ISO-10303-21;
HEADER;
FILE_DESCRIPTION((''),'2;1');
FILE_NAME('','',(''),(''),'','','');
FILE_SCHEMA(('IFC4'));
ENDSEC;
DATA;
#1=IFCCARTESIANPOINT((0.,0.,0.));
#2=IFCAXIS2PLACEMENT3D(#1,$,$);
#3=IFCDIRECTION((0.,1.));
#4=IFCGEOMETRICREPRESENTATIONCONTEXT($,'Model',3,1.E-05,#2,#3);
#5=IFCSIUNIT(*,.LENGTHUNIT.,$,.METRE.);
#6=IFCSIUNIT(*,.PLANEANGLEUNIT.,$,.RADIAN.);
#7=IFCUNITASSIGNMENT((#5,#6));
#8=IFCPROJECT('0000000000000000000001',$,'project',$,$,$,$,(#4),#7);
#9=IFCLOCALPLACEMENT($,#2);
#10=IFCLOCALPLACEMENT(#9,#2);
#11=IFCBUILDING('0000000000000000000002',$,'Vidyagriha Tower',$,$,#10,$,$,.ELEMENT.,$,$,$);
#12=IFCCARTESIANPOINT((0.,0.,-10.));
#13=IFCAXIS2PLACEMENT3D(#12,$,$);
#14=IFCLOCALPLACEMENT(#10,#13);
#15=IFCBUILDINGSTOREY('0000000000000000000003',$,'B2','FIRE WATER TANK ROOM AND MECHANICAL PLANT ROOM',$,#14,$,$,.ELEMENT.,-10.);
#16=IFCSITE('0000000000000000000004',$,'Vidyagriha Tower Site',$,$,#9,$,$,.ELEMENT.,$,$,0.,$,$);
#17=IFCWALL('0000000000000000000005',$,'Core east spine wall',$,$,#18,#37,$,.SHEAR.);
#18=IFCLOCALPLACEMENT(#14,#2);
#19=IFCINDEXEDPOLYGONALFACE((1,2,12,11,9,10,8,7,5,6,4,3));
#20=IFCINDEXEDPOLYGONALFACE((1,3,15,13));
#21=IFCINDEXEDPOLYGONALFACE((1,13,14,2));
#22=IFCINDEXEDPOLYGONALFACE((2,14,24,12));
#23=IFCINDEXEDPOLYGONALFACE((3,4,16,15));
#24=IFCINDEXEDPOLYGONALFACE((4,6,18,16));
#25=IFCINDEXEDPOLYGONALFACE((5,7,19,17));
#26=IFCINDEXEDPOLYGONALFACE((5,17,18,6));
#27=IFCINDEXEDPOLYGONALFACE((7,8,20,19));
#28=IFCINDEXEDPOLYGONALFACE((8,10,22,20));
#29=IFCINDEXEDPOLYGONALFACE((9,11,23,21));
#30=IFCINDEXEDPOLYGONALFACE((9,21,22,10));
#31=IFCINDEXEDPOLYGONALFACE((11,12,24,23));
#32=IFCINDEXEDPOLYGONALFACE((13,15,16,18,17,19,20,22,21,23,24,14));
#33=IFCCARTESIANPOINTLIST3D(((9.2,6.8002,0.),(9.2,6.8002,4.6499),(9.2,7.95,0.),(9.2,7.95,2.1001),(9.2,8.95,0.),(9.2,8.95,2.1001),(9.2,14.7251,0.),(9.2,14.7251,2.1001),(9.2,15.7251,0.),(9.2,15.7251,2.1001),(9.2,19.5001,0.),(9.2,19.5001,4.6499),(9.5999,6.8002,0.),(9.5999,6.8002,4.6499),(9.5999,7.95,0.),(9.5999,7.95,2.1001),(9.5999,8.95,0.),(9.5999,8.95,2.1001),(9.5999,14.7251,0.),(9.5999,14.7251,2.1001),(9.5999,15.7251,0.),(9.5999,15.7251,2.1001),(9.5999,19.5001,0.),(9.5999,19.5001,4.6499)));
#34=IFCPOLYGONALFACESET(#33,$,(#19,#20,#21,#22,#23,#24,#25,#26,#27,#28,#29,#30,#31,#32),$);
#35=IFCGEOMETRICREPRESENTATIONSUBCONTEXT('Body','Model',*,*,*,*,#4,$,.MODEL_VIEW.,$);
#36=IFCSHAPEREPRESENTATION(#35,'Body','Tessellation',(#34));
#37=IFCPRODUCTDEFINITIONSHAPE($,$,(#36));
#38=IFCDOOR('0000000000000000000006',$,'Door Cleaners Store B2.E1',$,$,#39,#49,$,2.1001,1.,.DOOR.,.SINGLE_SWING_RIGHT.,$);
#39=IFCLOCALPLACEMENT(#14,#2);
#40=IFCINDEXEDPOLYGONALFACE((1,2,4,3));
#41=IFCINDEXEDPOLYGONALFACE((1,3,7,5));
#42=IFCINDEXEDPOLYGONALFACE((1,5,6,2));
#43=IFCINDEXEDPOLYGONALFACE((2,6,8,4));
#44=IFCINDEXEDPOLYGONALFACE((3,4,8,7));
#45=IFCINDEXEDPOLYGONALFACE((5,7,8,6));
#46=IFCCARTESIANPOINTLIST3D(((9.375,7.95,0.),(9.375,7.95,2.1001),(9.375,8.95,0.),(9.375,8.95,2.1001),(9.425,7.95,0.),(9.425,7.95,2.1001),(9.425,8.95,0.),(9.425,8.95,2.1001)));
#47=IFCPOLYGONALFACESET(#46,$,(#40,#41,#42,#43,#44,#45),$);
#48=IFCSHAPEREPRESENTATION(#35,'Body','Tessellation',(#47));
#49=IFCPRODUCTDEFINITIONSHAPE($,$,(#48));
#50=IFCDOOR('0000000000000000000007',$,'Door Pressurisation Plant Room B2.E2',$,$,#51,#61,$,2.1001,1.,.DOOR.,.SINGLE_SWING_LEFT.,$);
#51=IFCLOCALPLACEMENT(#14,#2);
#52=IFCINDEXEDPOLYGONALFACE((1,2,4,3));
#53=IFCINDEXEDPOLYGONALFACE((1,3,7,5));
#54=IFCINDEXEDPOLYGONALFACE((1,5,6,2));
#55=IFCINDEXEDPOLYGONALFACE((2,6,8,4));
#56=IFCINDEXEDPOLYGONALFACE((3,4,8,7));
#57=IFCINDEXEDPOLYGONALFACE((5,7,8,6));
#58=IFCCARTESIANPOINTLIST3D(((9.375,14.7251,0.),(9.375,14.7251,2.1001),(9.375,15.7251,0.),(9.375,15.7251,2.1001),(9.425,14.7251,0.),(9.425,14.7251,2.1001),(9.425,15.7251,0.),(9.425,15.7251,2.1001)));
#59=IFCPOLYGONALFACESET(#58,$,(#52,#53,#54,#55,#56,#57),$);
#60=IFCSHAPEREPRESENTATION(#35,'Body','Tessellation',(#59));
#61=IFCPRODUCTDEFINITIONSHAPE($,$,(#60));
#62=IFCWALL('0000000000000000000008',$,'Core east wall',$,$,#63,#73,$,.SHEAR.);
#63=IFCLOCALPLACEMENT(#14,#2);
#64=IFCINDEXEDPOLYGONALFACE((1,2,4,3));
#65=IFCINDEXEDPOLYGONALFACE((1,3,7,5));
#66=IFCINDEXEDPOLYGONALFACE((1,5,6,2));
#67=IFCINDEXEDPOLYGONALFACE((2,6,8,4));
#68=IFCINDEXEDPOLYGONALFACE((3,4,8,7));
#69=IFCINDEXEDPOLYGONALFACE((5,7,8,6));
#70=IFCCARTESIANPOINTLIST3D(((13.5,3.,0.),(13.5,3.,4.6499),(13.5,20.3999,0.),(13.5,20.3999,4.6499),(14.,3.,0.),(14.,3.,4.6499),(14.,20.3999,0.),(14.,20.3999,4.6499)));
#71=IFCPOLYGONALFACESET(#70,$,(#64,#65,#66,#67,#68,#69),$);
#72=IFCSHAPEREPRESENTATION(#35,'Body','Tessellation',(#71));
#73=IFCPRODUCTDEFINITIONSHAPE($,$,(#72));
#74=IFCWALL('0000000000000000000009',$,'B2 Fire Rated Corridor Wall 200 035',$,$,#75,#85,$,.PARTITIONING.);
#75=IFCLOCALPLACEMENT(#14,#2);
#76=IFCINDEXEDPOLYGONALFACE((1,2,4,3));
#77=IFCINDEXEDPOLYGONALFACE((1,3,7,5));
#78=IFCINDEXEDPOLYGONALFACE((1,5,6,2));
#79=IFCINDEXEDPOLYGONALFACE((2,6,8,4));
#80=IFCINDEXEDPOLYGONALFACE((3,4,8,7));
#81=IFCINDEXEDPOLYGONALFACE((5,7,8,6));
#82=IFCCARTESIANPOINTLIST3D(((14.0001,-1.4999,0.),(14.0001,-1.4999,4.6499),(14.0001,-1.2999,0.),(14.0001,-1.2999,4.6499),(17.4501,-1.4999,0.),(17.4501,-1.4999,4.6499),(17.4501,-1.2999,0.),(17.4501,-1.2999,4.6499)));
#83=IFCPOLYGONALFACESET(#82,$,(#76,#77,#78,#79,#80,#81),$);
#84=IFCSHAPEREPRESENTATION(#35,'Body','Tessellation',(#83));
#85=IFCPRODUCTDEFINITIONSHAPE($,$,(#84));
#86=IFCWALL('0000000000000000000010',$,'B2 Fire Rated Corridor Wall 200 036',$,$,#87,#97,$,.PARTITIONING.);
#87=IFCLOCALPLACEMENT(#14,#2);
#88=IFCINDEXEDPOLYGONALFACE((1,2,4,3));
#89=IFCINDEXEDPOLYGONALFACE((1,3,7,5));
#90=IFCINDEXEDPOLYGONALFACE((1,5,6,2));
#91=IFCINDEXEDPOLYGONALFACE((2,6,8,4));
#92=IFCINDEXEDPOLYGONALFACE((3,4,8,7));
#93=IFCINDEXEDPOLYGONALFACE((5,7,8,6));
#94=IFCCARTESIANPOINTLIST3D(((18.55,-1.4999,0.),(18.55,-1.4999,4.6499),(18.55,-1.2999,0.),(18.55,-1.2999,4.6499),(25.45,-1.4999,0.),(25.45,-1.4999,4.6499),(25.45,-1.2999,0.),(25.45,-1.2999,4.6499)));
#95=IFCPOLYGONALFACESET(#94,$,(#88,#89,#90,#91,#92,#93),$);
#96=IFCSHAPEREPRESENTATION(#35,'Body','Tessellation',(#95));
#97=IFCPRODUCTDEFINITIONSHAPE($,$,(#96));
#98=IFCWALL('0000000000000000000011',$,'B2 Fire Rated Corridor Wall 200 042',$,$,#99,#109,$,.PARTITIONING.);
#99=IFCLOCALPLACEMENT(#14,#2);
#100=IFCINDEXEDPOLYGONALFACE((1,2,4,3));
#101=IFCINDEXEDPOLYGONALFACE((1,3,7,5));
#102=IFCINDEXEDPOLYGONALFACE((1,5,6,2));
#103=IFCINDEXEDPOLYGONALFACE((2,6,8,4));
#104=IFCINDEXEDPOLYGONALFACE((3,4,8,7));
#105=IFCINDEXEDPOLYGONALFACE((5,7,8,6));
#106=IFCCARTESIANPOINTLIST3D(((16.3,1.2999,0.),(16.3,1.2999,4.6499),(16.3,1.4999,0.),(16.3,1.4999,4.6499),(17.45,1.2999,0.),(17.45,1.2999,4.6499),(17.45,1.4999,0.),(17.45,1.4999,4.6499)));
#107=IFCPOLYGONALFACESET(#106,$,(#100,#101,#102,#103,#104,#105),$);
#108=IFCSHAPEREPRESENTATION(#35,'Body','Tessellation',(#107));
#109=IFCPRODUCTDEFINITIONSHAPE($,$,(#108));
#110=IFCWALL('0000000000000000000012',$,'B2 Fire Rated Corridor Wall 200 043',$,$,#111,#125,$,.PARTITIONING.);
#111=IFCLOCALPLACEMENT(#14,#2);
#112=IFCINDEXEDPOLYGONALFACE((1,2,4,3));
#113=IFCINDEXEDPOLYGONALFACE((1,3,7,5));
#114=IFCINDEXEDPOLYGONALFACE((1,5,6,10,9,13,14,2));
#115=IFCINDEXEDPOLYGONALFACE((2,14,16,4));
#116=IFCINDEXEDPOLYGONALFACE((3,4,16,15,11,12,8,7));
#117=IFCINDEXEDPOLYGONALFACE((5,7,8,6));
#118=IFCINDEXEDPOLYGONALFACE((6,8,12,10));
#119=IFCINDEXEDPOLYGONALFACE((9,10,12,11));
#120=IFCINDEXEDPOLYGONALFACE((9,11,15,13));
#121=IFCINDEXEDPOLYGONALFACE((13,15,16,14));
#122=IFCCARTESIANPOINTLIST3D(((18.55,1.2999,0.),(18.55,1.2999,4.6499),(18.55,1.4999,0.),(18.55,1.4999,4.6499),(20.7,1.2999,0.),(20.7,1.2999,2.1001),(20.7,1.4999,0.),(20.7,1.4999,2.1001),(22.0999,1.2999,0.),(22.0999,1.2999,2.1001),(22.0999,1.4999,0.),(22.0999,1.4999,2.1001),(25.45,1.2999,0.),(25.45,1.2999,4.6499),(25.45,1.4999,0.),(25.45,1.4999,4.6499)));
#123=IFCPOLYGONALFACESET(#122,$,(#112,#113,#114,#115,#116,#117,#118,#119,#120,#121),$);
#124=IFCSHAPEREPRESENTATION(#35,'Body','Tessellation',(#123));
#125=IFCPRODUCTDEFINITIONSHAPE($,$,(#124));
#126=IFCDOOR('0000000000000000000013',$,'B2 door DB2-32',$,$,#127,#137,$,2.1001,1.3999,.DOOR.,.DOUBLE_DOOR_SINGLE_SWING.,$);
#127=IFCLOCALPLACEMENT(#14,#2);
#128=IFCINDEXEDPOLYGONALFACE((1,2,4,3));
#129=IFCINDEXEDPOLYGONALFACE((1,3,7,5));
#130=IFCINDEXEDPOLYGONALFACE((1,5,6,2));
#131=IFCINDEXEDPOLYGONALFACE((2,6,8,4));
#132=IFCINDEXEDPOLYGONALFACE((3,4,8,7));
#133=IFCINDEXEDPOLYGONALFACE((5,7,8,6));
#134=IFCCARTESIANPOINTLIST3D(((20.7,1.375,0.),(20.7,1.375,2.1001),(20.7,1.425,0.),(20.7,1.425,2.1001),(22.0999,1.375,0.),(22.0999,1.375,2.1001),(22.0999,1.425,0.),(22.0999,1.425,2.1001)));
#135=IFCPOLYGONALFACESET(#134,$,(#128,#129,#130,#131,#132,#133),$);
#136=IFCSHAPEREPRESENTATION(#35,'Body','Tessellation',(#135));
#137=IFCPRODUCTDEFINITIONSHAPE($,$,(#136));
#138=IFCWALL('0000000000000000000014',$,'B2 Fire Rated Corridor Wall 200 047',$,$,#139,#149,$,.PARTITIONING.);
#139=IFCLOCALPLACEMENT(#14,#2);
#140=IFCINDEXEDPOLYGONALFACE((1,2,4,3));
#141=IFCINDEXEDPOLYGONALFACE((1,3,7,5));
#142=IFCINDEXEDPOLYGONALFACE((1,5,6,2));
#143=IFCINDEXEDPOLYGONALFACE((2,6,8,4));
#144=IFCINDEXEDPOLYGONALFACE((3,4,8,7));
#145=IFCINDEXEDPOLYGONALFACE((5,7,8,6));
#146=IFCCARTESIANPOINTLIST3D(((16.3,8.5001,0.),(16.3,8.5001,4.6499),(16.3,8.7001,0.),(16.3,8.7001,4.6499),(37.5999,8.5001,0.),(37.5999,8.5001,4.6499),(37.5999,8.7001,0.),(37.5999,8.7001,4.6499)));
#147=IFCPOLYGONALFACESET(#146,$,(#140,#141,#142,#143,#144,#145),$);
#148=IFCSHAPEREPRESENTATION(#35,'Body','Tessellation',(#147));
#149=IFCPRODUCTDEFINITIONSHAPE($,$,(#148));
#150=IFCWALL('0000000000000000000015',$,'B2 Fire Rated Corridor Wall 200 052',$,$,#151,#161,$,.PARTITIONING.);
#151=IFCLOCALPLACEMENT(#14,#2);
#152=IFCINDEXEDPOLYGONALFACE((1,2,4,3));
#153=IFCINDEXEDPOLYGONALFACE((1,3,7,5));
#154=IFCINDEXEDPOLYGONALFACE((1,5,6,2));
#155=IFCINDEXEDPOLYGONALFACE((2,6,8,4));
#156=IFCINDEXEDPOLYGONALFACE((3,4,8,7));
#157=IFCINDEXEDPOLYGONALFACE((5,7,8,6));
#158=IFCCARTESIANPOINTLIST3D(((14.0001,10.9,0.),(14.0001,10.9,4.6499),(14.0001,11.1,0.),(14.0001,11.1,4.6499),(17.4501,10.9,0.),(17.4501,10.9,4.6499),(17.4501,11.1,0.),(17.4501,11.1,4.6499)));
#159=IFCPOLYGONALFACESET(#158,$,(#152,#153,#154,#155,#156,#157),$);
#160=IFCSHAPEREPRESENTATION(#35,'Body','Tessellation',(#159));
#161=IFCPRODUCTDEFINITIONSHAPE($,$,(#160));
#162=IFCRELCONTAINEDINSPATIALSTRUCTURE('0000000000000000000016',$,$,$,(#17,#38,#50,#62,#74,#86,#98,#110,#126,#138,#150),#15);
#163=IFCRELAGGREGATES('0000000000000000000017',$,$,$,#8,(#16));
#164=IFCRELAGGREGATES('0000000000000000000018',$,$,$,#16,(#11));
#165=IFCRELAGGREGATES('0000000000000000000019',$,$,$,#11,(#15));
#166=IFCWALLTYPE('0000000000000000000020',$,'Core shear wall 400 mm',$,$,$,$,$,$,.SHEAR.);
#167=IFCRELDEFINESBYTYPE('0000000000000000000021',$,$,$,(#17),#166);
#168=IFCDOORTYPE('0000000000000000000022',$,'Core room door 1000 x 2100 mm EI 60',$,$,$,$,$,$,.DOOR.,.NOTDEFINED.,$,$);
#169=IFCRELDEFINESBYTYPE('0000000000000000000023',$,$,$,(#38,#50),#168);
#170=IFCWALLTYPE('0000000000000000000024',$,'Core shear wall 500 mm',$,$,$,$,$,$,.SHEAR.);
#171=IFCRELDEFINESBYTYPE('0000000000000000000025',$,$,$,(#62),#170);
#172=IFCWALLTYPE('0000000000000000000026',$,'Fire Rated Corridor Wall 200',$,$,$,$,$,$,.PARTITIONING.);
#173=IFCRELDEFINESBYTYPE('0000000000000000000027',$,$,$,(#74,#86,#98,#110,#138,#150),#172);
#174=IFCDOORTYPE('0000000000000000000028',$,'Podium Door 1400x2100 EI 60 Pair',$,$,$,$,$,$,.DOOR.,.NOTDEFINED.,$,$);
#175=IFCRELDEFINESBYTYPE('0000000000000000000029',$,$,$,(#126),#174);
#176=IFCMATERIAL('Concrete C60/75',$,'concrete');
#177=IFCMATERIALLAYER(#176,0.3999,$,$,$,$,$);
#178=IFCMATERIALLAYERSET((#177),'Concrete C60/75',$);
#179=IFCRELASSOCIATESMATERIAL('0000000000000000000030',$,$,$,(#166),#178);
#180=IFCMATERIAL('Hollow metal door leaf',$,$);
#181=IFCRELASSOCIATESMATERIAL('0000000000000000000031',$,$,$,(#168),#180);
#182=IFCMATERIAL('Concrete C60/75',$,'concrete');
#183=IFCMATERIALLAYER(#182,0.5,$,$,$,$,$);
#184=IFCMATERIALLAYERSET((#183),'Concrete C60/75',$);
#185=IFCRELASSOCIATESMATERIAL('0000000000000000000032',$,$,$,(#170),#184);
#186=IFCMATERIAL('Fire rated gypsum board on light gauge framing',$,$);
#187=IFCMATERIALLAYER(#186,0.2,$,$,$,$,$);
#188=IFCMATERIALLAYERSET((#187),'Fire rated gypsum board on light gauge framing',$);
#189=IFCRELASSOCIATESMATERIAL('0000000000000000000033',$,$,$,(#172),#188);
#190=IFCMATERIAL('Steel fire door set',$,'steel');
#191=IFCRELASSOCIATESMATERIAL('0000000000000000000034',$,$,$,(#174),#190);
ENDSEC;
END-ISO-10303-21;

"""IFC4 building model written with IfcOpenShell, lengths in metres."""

from ifc_helpers import new_model, si_unit, direction, frame, frame_2d, origin, place, context, subcontext, project, spatial, rectangle, extrude, material, layer, layer_set, type_object, element, fill, save


model = new_model("IFC4")

# Units and contexts
model_context = context("Model", 3, precision=1e-05, world=origin(), true_north=direction((0.0, 1.0)))
body_context = subcontext(model_context, "Body", "Model", "MODEL_VIEW")
ifc_project = project(units=[si_unit("LENGTHUNIT", "METRE"), si_unit("PLANEANGLEUNIT", "RADIAN")], contexts=[model_context])

# Site, building, storey
site_placement = place(None, origin())
site = spatial("IfcSite", under=ifc_project, at=site_placement, Name="Vidyagriha Tower Site", CompositionType="ELEMENT", RefElevation=0.0)
building_placement = place(site_placement, origin())
building = spatial("IfcBuilding", under=site, at=building_placement, Name="Vidyagriha Tower", CompositionType="ELEMENT")
storey_placement = place(building_placement, frame((0.0, 0.0, -10.0)))
storey = spatial("IfcBuildingStorey", under=building, at=storey_placement, Name="B2", Description="FIRE WATER TANK ROOM AND MECHANICAL PLANT ROOM", CompositionType="ELEMENT", Elevation=-10.0)

# Wall, openings, doors
ifc_material_1 = material(Name="Concrete C60/75", Category="concrete")
ifc_layer_1 = layer(ifc_material_1, 0.3999)
ifc_layer_set_1 = layer_set([ifc_layer_1], Name="Concrete C60/75")
wall_type_1 = type_object("IfcWallType", Name="Core shear wall 400 mm", PredefinedType="SHEAR", material=ifc_layer_set_1)
wall_1_placement = place(storey_placement, frame((9.3999, 6.8, 0.0), z_axis=(0.0, 0.0, 1.0), x_axis=(0.0, 1.0, 0.0)))
wall_1 = element("IfcWall", 1, at=wall_1_placement, inside=storey, type_object=wall_type_1, Name="Core east spine wall", PredefinedType="SHEAR", context=body_context, shape_type="SweptSolid", body=[
    extrude(rectangle(XDim=12.7, YDim=0.3999, at=frame_2d((6.3501, 0.0))), origin(), (0.0, 0.0, 1.0), 4.6499),
])
opening_1_placement = place(wall_1_placement, frame((1.1499, 0.0, 0.0)))
opening_1 = element("IfcOpeningElement", 2, at=opening_1_placement, cuts=wall_1, PredefinedType="OPENING", context=body_context, shape_type="SweptSolid", body=[
    extrude(rectangle(XDim=1.0, YDim=2.1001, at=frame_2d((0.5, 1.05))), frame((0.0, 0.21, 0.0), z_axis=(0.0, -1.0, 0.0), x_axis=(1.0, 0.0, 0.0)), (0.0, 0.0, 1.0), 0.4199),
])
opening_2_placement = place(wall_1_placement, frame((7.925, 0.0, 0.0)))
opening_2 = element("IfcOpeningElement", 3, at=opening_2_placement, cuts=wall_1, PredefinedType="OPENING", context=body_context, shape_type="SweptSolid", body=[
    extrude(rectangle(XDim=1.0, YDim=2.1001, at=frame_2d((0.5, 1.05))), frame((0.0, 0.21, 0.0), z_axis=(0.0, -1.0, 0.0), x_axis=(1.0, 0.0, 0.0)), (0.0, 0.0, 1.0), 0.4199),
])
ifc_material_2 = material(Name="Hollow metal door leaf")
door_type_1 = type_object("IfcDoorType", Name="Core room door 1000 x 2100 mm EI 60", OperationType="NOTDEFINED", PredefinedType="DOOR", material=ifc_material_2)
door_1_placement = place(opening_1_placement, origin())
door_1 = element("IfcDoor", 4, at=door_1_placement, inside=storey, type_object=door_type_1, Name="Door Cleaners Store B2.E1", OperationType="SINGLE_SWING_RIGHT", OverallHeight=2.1001, OverallWidth=1.0, PredefinedType="DOOR", context=body_context, shape_type="SweptSolid", body=[
    extrude(rectangle(XDim=1.0, YDim=2.1001, at=frame_2d((0.5, 1.05))), frame((0.0, 0.0249, 0.0), z_axis=(0.0, -1.0, 0.0), x_axis=(1.0, 0.0, 0.0)), (0.0, 0.0, 1.0), 0.05),
])
fill(opening_1, door_1)
door_2_placement = place(opening_2_placement, origin())
door_2 = element("IfcDoor", 5, at=door_2_placement, inside=storey, type_object=door_type_1, Name="Door Pressurisation Plant Room B2.E2", OperationType="SINGLE_SWING_LEFT", OverallHeight=2.1001, OverallWidth=1.0, PredefinedType="DOOR", context=body_context, shape_type="SweptSolid", body=[
    extrude(rectangle(XDim=1.0, YDim=2.1001, at=frame_2d((0.5, 1.05))), frame((0.0, 0.0249, 0.0), z_axis=(0.0, -1.0, 0.0), x_axis=(1.0, 0.0, 0.0)), (0.0, 0.0, 1.0), 0.05),
])
fill(opening_2, door_2)

# Walls
ifc_material_3 = material(Name="Concrete C60/75", Category="concrete")
ifc_layer_2 = layer(ifc_material_3, 0.5)
ifc_layer_set_2 = layer_set([ifc_layer_2], Name="Concrete C60/75")
wall_type_2 = type_object("IfcWallType", Name="Core shear wall 500 mm", PredefinedType="SHEAR", material=ifc_layer_set_2)
wall_2_placement = place(storey_placement, frame((13.75, 3.0, 0.0), z_axis=(0.0, 0.0, 1.0), x_axis=(0.0, 1.0, 0.0)))
element("IfcWall", 6, at=wall_2_placement, inside=storey, type_object=wall_type_2, Name="Core east wall", PredefinedType="SHEAR", context=body_context, shape_type="SweptSolid", body=[
    extrude(rectangle(XDim=17.3999, YDim=0.5, at=frame_2d((8.7, 0.0))), origin(), (0.0, 0.0, 1.0), 4.6499),
])
ifc_material_4 = material(Name="Fire rated gypsum board on light gauge framing")
ifc_layer_3 = layer(ifc_material_4, 0.2)
ifc_layer_set_3 = layer_set([ifc_layer_3], Name="Fire rated gypsum board on light gauge framing")
wall_type_3 = type_object("IfcWallType", Name="Fire Rated Corridor Wall 200", PredefinedType="PARTITIONING", material=ifc_layer_set_3)
wall_3_placement = place(storey_placement, frame((14.0, -1.3999, 0.0)))
element("IfcWall", 7, at=wall_3_placement, inside=storey, type_object=wall_type_3, Name="B2 Fire Rated Corridor Wall 200 035", PredefinedType="PARTITIONING", context=body_context, shape_type="SweptSolid", body=[
    extrude(rectangle(XDim=3.45, YDim=0.2, at=frame_2d((1.7251, 0.0))), origin(), (0.0, 0.0, 1.0), 4.6499),
])
wall_4_placement = place(storey_placement, frame((18.55, -1.3999, 0.0)))
element("IfcWall", 8, at=wall_4_placement, inside=storey, type_object=wall_type_3, Name="B2 Fire Rated Corridor Wall 200 036", PredefinedType="PARTITIONING", context=body_context, shape_type="SweptSolid", body=[
    extrude(rectangle(XDim=6.8999, YDim=0.2, at=frame_2d((3.45, 0.0))), origin(), (0.0, 0.0, 1.0), 4.6499),
])
wall_5_placement = place(storey_placement, frame((16.3, 1.3999, 0.0)))
element("IfcWall", 9, at=wall_5_placement, inside=storey, type_object=wall_type_3, Name="B2 Fire Rated Corridor Wall 200 042", PredefinedType="PARTITIONING", context=body_context, shape_type="SweptSolid", body=[
    extrude(rectangle(XDim=1.1499, YDim=0.2, at=frame_2d((0.575, 0.0))), origin(), (0.0, 0.0, 1.0), 4.6499),
])

# Wall, opening, door
wall_6_placement = place(storey_placement, frame((18.55, 1.3999, 0.0)))
wall_6 = element("IfcWall", 10, at=wall_6_placement, inside=storey, type_object=wall_type_3, Name="B2 Fire Rated Corridor Wall 200 043", PredefinedType="PARTITIONING", context=body_context, shape_type="SweptSolid", body=[
    extrude(rectangle(XDim=6.8999, YDim=0.2, at=frame_2d((3.45, 0.0))), origin(), (0.0, 0.0, 1.0), 4.6499),
])
opening_3_placement = place(wall_6_placement, frame((2.1499, 0.0, 0.0)))
opening_3 = element("IfcOpeningElement", 11, at=opening_3_placement, cuts=wall_6, PredefinedType="OPENING", context=body_context, shape_type="SweptSolid", body=[
    extrude(rectangle(XDim=1.3999, YDim=2.1001, at=frame_2d((0.7, 1.05))), frame((0.0, 0.1099, 0.0), z_axis=(0.0, -1.0, 0.0), x_axis=(1.0, 0.0, 0.0)), (0.0, 0.0, 1.0), 0.22),
])
ifc_material_5 = material(Name="Steel fire door set", Category="steel")
door_type_2 = type_object("IfcDoorType", Name="Podium Door 1400x2100 EI 60 Pair", OperationType="NOTDEFINED", PredefinedType="DOOR", material=ifc_material_5)
door_3_placement = place(opening_3_placement, frame((1.3999, 0.0, 0.0), z_axis=(0.0, 0.0, 1.0), x_axis=(-1.0, 0.0, 0.0)))
door_3 = element("IfcDoor", 12, at=door_3_placement, inside=storey, type_object=door_type_2, Name="B2 door DB2-32", OperationType="DOUBLE_DOOR_SINGLE_SWING", OverallHeight=2.1001, OverallWidth=1.3999, PredefinedType="DOOR", context=body_context, shape_type="SweptSolid", body=[
    extrude(rectangle(XDim=1.3999, YDim=2.1001, at=frame_2d((0.7, 1.05))), frame((0.0, 0.0249, 0.0), z_axis=(0.0, -1.0, 0.0), x_axis=(1.0, 0.0, 0.0)), (0.0, 0.0, 1.0), 0.05),
])
fill(opening_3, door_3)

# Walls
wall_7_placement = place(storey_placement, frame((16.3, 8.6001, 0.0)))
element("IfcWall", 13, at=wall_7_placement, inside=storey, type_object=wall_type_3, Name="B2 Fire Rated Corridor Wall 200 047", PredefinedType="PARTITIONING", context=body_context, shape_type="SweptSolid", body=[
    extrude(rectangle(XDim=21.2998, YDim=0.2, at=frame_2d((10.6499, 0.0))), origin(), (0.0, 0.0, 1.0), 4.6499),
])
wall_8_placement = place(storey_placement, frame((14.0, 11.0, 0.0)))
element("IfcWall", 14, at=wall_8_placement, inside=storey, type_object=wall_type_3, Name="B2 Fire Rated Corridor Wall 200 052", PredefinedType="PARTITIONING", context=body_context, shape_type="SweptSolid", body=[
    extrude(rectangle(XDim=3.45, YDim=0.2, at=frame_2d((1.7251, 0.0))), origin(), (0.0, 0.0, 1.0), 4.6499),
])

save(model, "model.ifc")
